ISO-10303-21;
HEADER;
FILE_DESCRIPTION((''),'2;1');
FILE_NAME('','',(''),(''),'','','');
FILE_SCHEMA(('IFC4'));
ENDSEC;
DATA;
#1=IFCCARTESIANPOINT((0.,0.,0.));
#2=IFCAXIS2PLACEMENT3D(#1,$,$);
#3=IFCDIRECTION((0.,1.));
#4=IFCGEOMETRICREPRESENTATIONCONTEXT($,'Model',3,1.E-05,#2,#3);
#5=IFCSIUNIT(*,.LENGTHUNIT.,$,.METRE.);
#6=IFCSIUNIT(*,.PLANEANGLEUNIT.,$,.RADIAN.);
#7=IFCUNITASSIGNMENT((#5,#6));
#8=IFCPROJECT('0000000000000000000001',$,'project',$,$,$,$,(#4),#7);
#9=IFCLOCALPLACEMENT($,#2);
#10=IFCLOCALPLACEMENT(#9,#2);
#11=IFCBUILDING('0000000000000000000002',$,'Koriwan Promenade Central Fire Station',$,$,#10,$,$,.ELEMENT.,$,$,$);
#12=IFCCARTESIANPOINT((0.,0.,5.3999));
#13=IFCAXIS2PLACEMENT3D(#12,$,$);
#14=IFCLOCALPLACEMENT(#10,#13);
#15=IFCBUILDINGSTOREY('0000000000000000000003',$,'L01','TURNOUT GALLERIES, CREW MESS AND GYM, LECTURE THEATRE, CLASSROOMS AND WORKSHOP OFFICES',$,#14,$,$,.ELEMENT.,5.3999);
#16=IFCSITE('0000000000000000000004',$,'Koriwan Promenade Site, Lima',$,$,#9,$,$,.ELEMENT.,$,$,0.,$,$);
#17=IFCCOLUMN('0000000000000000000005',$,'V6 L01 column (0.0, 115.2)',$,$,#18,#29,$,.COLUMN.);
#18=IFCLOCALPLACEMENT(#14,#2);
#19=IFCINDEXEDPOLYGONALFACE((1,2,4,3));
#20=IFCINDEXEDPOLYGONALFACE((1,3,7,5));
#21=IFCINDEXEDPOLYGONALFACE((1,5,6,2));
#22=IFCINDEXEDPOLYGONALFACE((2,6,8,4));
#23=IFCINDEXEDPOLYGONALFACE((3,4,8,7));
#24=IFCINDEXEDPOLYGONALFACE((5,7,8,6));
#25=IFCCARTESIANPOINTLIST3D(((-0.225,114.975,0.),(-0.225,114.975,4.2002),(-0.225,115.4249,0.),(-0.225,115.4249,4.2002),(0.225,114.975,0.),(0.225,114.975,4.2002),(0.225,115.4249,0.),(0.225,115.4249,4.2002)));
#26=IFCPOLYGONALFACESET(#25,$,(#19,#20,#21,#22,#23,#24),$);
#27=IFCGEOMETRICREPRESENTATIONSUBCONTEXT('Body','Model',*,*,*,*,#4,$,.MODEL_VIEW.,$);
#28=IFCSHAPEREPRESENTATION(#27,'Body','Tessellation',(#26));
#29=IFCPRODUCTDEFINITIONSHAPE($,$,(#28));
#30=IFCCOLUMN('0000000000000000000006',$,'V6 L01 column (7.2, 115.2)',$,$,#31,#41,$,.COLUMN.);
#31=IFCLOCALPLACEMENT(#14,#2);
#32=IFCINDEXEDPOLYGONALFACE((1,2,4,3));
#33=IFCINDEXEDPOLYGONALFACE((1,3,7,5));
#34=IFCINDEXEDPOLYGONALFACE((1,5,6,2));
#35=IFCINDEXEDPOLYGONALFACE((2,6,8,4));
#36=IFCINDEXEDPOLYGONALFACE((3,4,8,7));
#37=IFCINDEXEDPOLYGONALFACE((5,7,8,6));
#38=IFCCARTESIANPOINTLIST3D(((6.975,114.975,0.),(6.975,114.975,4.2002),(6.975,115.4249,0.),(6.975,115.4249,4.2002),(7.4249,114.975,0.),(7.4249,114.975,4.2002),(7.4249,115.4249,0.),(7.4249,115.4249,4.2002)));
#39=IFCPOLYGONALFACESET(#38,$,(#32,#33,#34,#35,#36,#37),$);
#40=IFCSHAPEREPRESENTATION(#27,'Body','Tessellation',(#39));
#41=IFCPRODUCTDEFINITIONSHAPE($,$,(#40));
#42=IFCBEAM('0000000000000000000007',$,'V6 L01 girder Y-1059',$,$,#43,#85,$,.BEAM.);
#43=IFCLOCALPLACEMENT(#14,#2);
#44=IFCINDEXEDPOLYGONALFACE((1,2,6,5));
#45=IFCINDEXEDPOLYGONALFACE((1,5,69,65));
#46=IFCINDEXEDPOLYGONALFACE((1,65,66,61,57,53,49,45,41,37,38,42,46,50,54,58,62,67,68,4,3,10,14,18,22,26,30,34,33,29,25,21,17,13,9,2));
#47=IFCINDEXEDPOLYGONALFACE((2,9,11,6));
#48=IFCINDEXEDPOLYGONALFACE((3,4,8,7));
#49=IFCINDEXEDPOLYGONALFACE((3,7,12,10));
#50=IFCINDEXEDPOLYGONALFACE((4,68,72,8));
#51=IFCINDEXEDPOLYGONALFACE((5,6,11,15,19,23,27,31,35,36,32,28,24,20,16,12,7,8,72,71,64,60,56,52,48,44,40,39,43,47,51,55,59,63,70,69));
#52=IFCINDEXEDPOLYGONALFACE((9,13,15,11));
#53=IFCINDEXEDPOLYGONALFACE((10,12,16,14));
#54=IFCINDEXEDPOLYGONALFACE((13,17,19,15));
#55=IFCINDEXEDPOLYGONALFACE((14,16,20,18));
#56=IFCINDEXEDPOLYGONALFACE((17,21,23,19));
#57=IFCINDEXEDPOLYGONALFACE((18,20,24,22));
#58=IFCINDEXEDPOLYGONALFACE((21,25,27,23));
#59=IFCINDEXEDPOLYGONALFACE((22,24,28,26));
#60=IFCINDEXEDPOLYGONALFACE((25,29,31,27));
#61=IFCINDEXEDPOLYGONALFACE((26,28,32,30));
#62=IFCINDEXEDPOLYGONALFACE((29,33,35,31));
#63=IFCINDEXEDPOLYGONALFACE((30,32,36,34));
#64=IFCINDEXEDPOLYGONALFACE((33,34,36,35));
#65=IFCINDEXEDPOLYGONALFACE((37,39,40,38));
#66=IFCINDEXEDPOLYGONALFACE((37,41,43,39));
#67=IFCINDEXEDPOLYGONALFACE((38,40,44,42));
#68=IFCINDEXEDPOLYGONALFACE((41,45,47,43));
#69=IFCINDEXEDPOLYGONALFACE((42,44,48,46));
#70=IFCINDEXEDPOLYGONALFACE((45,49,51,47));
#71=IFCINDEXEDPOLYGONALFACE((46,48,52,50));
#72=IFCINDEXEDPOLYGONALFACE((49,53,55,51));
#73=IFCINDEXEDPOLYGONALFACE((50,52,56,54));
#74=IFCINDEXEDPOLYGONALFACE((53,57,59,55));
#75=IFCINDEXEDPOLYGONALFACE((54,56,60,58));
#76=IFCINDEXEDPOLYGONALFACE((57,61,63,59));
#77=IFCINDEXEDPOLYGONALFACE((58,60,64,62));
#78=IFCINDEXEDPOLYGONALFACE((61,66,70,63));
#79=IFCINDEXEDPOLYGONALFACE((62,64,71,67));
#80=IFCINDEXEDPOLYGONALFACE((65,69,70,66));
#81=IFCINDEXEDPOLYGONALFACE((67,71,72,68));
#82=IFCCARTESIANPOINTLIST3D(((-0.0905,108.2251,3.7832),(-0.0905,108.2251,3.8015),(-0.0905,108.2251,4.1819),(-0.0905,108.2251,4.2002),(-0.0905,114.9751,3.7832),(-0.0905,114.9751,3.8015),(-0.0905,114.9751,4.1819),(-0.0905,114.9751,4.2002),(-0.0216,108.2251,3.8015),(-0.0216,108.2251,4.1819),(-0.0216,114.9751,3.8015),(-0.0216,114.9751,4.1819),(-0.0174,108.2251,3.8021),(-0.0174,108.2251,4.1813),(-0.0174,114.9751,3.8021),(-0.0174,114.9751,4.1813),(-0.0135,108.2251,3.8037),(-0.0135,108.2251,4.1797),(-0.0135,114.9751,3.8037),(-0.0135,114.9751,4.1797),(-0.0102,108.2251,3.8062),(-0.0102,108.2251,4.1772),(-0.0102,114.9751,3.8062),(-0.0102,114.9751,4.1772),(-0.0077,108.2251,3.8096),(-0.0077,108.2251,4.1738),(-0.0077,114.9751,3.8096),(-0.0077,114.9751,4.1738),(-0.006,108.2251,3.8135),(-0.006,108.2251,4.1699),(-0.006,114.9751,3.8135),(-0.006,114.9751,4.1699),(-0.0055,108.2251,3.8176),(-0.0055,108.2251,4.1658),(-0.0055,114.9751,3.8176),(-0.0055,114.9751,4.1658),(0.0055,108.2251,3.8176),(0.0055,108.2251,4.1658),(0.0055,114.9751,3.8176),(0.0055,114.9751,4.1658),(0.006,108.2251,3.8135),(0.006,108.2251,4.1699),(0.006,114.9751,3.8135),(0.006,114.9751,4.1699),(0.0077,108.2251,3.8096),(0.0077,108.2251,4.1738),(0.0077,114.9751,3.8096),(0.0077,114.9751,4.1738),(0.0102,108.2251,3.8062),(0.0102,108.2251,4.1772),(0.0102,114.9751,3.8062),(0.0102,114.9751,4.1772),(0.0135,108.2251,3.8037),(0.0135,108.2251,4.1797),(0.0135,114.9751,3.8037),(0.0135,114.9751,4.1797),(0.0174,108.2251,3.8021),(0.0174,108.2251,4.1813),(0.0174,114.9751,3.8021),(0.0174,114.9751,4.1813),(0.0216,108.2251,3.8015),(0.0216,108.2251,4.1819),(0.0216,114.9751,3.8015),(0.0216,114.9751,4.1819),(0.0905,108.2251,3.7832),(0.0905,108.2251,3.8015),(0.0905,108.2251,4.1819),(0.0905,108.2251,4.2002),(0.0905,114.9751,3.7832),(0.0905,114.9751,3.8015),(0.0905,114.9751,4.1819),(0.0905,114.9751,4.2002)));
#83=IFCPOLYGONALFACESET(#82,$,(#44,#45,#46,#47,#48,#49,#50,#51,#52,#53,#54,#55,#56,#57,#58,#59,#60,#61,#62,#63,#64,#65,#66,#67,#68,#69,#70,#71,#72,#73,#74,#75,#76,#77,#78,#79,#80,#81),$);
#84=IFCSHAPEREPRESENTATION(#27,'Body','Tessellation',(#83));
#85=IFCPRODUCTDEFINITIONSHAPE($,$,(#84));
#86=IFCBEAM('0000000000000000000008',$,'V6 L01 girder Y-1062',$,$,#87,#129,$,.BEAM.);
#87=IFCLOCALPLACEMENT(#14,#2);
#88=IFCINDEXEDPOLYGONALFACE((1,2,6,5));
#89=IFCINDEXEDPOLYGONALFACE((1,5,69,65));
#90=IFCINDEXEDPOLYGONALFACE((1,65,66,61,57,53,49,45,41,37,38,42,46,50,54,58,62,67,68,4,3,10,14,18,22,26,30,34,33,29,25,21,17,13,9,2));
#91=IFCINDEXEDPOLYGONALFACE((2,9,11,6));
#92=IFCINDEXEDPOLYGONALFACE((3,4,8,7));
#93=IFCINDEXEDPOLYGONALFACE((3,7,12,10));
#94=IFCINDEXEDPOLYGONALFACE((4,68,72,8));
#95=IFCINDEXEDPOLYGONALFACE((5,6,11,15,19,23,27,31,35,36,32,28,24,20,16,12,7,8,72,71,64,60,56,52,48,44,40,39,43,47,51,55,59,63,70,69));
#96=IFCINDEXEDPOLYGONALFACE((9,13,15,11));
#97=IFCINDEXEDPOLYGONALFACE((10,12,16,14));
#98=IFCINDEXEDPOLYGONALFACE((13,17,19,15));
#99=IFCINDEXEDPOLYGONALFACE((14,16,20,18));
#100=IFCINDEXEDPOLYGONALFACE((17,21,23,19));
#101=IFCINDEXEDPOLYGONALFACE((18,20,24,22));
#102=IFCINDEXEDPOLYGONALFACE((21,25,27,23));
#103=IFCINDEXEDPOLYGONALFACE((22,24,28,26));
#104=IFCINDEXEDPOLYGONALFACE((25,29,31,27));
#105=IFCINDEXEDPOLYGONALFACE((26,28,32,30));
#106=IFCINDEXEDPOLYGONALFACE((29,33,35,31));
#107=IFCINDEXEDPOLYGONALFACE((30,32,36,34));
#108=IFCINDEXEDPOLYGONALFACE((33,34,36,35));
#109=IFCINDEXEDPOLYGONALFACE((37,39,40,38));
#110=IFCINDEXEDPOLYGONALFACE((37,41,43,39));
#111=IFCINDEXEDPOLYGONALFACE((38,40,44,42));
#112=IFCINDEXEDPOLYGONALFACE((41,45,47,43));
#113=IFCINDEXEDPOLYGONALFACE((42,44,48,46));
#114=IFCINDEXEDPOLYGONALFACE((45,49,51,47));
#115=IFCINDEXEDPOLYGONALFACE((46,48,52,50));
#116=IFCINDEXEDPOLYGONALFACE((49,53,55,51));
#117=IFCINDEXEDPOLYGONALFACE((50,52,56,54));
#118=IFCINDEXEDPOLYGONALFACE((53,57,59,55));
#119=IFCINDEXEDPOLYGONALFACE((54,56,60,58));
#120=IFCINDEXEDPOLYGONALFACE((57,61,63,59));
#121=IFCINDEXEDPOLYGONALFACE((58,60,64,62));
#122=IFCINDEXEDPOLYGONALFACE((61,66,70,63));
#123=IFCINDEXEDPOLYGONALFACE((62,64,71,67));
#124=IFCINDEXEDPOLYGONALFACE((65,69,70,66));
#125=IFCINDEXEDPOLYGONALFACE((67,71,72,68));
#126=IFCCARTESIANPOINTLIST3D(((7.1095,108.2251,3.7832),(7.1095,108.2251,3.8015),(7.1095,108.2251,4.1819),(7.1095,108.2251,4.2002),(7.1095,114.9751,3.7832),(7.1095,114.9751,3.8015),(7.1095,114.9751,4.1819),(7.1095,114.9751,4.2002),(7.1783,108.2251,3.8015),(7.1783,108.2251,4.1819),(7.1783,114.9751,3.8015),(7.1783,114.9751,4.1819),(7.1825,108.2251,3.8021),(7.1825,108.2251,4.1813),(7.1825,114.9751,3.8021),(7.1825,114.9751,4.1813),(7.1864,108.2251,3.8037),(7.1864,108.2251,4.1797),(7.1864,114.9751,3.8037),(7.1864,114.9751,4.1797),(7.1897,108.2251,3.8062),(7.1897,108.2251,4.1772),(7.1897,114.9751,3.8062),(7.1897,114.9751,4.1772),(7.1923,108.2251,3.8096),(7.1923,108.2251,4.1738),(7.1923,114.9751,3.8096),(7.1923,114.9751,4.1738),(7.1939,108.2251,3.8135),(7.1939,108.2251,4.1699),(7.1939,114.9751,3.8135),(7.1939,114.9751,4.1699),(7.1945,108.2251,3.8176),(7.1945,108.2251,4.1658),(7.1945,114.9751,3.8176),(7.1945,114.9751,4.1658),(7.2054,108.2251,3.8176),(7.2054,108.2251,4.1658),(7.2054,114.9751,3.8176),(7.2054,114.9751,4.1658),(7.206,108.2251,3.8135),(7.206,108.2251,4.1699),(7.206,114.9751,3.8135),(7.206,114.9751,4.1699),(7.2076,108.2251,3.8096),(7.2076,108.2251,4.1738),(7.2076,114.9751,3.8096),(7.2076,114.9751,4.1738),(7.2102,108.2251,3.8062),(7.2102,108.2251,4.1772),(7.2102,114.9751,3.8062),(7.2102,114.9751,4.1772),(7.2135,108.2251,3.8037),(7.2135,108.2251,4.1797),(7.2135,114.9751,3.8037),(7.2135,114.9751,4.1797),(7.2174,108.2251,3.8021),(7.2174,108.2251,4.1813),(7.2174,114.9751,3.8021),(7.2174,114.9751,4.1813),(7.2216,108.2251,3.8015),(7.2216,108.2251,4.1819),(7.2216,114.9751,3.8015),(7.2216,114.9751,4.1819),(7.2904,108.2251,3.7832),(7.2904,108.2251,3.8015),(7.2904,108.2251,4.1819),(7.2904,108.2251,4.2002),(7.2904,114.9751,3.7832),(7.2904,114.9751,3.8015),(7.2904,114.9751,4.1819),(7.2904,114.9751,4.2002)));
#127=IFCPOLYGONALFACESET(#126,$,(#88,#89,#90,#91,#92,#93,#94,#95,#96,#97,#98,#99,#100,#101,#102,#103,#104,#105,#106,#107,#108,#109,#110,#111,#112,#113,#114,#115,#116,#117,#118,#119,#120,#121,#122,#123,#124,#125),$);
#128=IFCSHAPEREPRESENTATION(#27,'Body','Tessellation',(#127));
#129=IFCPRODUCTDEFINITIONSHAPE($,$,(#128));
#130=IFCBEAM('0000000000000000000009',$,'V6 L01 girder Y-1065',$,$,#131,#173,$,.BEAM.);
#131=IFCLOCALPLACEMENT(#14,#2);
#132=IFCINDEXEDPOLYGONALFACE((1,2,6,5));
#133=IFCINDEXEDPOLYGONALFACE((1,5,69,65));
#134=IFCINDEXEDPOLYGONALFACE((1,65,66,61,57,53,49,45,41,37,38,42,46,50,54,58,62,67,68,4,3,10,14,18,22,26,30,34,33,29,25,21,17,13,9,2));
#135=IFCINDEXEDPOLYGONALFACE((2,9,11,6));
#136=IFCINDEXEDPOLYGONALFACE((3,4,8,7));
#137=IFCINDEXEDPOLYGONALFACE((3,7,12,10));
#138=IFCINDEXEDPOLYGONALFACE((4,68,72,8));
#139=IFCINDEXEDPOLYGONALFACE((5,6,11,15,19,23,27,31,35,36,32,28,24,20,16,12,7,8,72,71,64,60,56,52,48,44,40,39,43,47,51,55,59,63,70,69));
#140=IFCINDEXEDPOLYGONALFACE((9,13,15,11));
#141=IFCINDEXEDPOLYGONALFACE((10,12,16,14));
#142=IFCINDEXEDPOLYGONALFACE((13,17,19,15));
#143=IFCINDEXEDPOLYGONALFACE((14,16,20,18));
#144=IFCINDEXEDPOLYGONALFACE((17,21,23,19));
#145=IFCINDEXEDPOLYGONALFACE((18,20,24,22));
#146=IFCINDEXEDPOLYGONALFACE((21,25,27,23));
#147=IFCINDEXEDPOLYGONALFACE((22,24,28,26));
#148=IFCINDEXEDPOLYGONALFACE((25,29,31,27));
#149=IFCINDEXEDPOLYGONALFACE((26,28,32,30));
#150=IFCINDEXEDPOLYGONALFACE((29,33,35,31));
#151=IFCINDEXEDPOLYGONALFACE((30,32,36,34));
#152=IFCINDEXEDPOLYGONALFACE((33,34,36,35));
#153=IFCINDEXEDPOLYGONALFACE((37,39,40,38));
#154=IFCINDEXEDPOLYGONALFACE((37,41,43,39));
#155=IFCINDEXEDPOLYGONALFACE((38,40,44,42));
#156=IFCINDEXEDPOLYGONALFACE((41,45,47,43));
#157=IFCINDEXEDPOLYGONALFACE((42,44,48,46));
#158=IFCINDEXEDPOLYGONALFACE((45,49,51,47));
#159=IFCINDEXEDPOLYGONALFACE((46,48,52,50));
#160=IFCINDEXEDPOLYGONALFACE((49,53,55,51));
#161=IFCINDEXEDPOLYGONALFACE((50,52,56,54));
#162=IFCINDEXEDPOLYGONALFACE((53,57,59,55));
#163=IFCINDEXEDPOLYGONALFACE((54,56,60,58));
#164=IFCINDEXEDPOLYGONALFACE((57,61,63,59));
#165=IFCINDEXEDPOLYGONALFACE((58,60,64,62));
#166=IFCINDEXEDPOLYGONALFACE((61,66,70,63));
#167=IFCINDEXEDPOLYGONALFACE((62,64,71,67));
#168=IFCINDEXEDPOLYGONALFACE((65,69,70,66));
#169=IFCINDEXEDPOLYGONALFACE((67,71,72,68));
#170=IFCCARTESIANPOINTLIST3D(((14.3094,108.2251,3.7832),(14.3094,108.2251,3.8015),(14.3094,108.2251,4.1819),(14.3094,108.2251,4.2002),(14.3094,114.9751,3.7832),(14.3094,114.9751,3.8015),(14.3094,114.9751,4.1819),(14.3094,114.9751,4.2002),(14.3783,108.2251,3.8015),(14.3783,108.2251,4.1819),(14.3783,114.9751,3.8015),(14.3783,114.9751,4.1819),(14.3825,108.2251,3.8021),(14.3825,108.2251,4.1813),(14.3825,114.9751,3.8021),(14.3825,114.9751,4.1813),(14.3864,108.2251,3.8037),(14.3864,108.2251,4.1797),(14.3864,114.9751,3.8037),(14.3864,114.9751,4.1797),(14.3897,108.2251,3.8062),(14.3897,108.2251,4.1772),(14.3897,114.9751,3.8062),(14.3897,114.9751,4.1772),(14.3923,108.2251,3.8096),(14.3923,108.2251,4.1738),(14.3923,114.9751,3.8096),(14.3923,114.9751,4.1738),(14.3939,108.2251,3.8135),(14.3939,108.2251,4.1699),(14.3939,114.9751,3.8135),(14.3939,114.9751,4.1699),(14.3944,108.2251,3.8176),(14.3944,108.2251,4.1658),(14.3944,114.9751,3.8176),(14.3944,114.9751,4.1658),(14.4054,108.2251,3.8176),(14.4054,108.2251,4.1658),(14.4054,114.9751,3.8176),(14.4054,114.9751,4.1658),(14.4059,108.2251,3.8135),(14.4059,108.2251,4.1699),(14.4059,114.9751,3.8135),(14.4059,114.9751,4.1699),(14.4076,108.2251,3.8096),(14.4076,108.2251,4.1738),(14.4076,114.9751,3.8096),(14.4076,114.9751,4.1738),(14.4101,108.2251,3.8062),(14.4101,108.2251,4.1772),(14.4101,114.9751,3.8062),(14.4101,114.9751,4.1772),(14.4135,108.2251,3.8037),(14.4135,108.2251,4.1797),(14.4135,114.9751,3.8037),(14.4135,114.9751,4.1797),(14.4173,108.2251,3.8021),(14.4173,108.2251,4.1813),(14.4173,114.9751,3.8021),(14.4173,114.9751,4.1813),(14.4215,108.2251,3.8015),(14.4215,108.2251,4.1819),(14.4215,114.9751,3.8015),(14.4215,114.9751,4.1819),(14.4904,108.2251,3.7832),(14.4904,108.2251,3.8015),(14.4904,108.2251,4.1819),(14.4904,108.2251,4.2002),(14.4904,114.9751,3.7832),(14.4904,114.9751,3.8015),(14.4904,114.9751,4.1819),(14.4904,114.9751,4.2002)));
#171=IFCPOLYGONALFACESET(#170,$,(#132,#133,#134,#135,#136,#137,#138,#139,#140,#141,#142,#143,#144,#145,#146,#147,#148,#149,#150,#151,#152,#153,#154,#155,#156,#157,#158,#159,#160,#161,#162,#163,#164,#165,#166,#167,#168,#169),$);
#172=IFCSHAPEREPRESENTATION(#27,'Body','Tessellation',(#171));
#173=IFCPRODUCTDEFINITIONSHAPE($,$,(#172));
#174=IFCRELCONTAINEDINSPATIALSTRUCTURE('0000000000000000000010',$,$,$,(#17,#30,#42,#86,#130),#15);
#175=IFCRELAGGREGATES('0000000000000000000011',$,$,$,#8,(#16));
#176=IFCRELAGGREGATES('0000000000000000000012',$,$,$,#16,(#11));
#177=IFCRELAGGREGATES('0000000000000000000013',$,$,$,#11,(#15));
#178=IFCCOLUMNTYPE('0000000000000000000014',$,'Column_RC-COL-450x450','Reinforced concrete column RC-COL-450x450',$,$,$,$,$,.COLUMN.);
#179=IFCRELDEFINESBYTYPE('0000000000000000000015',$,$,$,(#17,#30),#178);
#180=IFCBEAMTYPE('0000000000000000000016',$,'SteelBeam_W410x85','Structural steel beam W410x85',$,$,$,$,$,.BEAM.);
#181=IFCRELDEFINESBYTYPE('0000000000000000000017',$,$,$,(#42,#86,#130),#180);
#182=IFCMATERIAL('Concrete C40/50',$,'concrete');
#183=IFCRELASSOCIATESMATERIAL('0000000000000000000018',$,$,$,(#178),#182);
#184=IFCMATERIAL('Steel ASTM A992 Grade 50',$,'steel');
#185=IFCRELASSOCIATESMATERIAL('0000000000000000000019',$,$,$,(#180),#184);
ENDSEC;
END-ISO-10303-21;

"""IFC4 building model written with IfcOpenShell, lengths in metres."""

from ifc_helpers import new_model, si_unit, direction, frame, origin, origin_2d, place, context, subcontext, project, spatial, rectangle, i_section, extrude, material, material_profile, profile_set, type_object, element, save


model = new_model("IFC4")

# Units and contexts
model_context = context("Model", 3, precision=1e-05, world=origin(), true_north=direction((0.0, 1.0)))
body_context = subcontext(model_context, "Body", "Model", "MODEL_VIEW")
ifc_project = project(units=[si_unit("LENGTHUNIT", "METRE"), si_unit("PLANEANGLEUNIT", "RADIAN")], contexts=[model_context])

# Site, building, storey
site_placement = place(None, origin())
site = spatial("IfcSite", under=ifc_project, at=site_placement, Name="Koriwan Promenade Site, Lima", CompositionType="ELEMENT", RefElevation=0.0)
building_placement = place(site_placement, origin())
building = spatial("IfcBuilding", under=site, at=building_placement, Name="Koriwan Promenade Central Fire Station", CompositionType="ELEMENT")
storey_placement = place(building_placement, frame((0.0, 0.0, 5.3999)))
storey = spatial("IfcBuildingStorey", under=building, at=storey_placement, Name="L01", Description="TURNOUT GALLERIES, CREW MESS AND GYM, LECTURE THEATRE, CLASSROOMS AND WORKSHOP OFFICES", CompositionType="ELEMENT", Elevation=5.3999)

# Columns
ifc_material_1 = material(Name="Concrete C40/50", Category="concrete")
ifc_material_profile_1 = material_profile(ifc_material_1, rectangle(XDim=0.45, YDim=0.45, at=origin_2d()), Name="RC-COL-450x450")
ifc_profile_set_1 = profile_set([ifc_material_profile_1], Name="Concrete C40/50")
column_type = type_object("IfcColumnType", Name="Column_RC-COL-450x450", Description="Reinforced concrete column RC-COL-450x450", PredefinedType="COLUMN", material=ifc_profile_set_1)
for number, where, z_axis, x_axis, name in (
    (1, (0.0, 115.2, 0.0), (0.0, 0.0, 1.0), (1.0, 0.0, 0.0), "V6 L01 column (0.0, 115.2)"),
    (2, (7.2, 115.2, 0.0), (0.0, 0.0, 1.0), (1.0, 0.0, 0.0), "V6 L01 column (7.2, 115.2)"),
):
    element("IfcColumn", number, at=place(storey_placement, frame(where, z_axis=z_axis, x_axis=x_axis)), inside=storey, type_object=column_type, Name=name, PredefinedType="COLUMN", context=body_context, shape_type="SweptSolid", body=[
        extrude(rectangle(XDim=0.45, YDim=0.45, at=origin_2d()), origin(), (0.0, 0.0, 1.0), 4.2002),
    ])

# Beams
ifc_material_2 = material(Name="Steel ASTM A992 Grade 50", Category="steel")
ifc_material_profile_2 = material_profile(ifc_material_2, i_section(OverallWidth=0.1809, OverallDepth=0.417, WebThickness=0.011, FlangeThickness=0.0183, FilletRadius=0.0161, at=origin_2d()), Name="W410x85")
ifc_profile_set_2 = profile_set([ifc_material_profile_2], Name="Steel ASTM A992 Grade 50")
beam_type_1 = type_object("IfcBeamType", Name="SteelBeam_W410x85", Description="Structural steel beam W410x85", PredefinedType="BEAM", material=ifc_profile_set_2)
for number, where, z_axis, x_axis, name in (
    (3, (0.0, 108.2251, 3.9917), (0.0, 1.0, 0.0), (-1.0, 0.0, 0.0), "V6 L01 girder Y-1059"),
    (4, (7.2, 108.2251, 3.9917), (0.0, 1.0, 0.0), (-1.0, 0.0, 0.0), "V6 L01 girder Y-1062"),
    (5, (14.3999, 108.2251, 3.9917), (0.0, 1.0, 0.0), (-1.0, 0.0, 0.0), "V6 L01 girder Y-1065"),
):
    element("IfcBeam", number, at=place(storey_placement, frame(where, z_axis=z_axis, x_axis=x_axis)), inside=storey, type_object=beam_type_1, Name=name, PredefinedType="BEAM", context=body_context, shape_type="SweptSolid", body=[
        extrude(i_section(OverallWidth=0.1809, OverallDepth=0.417, WebThickness=0.011, FlangeThickness=0.0183, FilletRadius=0.0161, at=origin_2d()), origin(), (0.0, 0.0, 1.0), 6.75),
    ])

save(model, "model.ifc")
